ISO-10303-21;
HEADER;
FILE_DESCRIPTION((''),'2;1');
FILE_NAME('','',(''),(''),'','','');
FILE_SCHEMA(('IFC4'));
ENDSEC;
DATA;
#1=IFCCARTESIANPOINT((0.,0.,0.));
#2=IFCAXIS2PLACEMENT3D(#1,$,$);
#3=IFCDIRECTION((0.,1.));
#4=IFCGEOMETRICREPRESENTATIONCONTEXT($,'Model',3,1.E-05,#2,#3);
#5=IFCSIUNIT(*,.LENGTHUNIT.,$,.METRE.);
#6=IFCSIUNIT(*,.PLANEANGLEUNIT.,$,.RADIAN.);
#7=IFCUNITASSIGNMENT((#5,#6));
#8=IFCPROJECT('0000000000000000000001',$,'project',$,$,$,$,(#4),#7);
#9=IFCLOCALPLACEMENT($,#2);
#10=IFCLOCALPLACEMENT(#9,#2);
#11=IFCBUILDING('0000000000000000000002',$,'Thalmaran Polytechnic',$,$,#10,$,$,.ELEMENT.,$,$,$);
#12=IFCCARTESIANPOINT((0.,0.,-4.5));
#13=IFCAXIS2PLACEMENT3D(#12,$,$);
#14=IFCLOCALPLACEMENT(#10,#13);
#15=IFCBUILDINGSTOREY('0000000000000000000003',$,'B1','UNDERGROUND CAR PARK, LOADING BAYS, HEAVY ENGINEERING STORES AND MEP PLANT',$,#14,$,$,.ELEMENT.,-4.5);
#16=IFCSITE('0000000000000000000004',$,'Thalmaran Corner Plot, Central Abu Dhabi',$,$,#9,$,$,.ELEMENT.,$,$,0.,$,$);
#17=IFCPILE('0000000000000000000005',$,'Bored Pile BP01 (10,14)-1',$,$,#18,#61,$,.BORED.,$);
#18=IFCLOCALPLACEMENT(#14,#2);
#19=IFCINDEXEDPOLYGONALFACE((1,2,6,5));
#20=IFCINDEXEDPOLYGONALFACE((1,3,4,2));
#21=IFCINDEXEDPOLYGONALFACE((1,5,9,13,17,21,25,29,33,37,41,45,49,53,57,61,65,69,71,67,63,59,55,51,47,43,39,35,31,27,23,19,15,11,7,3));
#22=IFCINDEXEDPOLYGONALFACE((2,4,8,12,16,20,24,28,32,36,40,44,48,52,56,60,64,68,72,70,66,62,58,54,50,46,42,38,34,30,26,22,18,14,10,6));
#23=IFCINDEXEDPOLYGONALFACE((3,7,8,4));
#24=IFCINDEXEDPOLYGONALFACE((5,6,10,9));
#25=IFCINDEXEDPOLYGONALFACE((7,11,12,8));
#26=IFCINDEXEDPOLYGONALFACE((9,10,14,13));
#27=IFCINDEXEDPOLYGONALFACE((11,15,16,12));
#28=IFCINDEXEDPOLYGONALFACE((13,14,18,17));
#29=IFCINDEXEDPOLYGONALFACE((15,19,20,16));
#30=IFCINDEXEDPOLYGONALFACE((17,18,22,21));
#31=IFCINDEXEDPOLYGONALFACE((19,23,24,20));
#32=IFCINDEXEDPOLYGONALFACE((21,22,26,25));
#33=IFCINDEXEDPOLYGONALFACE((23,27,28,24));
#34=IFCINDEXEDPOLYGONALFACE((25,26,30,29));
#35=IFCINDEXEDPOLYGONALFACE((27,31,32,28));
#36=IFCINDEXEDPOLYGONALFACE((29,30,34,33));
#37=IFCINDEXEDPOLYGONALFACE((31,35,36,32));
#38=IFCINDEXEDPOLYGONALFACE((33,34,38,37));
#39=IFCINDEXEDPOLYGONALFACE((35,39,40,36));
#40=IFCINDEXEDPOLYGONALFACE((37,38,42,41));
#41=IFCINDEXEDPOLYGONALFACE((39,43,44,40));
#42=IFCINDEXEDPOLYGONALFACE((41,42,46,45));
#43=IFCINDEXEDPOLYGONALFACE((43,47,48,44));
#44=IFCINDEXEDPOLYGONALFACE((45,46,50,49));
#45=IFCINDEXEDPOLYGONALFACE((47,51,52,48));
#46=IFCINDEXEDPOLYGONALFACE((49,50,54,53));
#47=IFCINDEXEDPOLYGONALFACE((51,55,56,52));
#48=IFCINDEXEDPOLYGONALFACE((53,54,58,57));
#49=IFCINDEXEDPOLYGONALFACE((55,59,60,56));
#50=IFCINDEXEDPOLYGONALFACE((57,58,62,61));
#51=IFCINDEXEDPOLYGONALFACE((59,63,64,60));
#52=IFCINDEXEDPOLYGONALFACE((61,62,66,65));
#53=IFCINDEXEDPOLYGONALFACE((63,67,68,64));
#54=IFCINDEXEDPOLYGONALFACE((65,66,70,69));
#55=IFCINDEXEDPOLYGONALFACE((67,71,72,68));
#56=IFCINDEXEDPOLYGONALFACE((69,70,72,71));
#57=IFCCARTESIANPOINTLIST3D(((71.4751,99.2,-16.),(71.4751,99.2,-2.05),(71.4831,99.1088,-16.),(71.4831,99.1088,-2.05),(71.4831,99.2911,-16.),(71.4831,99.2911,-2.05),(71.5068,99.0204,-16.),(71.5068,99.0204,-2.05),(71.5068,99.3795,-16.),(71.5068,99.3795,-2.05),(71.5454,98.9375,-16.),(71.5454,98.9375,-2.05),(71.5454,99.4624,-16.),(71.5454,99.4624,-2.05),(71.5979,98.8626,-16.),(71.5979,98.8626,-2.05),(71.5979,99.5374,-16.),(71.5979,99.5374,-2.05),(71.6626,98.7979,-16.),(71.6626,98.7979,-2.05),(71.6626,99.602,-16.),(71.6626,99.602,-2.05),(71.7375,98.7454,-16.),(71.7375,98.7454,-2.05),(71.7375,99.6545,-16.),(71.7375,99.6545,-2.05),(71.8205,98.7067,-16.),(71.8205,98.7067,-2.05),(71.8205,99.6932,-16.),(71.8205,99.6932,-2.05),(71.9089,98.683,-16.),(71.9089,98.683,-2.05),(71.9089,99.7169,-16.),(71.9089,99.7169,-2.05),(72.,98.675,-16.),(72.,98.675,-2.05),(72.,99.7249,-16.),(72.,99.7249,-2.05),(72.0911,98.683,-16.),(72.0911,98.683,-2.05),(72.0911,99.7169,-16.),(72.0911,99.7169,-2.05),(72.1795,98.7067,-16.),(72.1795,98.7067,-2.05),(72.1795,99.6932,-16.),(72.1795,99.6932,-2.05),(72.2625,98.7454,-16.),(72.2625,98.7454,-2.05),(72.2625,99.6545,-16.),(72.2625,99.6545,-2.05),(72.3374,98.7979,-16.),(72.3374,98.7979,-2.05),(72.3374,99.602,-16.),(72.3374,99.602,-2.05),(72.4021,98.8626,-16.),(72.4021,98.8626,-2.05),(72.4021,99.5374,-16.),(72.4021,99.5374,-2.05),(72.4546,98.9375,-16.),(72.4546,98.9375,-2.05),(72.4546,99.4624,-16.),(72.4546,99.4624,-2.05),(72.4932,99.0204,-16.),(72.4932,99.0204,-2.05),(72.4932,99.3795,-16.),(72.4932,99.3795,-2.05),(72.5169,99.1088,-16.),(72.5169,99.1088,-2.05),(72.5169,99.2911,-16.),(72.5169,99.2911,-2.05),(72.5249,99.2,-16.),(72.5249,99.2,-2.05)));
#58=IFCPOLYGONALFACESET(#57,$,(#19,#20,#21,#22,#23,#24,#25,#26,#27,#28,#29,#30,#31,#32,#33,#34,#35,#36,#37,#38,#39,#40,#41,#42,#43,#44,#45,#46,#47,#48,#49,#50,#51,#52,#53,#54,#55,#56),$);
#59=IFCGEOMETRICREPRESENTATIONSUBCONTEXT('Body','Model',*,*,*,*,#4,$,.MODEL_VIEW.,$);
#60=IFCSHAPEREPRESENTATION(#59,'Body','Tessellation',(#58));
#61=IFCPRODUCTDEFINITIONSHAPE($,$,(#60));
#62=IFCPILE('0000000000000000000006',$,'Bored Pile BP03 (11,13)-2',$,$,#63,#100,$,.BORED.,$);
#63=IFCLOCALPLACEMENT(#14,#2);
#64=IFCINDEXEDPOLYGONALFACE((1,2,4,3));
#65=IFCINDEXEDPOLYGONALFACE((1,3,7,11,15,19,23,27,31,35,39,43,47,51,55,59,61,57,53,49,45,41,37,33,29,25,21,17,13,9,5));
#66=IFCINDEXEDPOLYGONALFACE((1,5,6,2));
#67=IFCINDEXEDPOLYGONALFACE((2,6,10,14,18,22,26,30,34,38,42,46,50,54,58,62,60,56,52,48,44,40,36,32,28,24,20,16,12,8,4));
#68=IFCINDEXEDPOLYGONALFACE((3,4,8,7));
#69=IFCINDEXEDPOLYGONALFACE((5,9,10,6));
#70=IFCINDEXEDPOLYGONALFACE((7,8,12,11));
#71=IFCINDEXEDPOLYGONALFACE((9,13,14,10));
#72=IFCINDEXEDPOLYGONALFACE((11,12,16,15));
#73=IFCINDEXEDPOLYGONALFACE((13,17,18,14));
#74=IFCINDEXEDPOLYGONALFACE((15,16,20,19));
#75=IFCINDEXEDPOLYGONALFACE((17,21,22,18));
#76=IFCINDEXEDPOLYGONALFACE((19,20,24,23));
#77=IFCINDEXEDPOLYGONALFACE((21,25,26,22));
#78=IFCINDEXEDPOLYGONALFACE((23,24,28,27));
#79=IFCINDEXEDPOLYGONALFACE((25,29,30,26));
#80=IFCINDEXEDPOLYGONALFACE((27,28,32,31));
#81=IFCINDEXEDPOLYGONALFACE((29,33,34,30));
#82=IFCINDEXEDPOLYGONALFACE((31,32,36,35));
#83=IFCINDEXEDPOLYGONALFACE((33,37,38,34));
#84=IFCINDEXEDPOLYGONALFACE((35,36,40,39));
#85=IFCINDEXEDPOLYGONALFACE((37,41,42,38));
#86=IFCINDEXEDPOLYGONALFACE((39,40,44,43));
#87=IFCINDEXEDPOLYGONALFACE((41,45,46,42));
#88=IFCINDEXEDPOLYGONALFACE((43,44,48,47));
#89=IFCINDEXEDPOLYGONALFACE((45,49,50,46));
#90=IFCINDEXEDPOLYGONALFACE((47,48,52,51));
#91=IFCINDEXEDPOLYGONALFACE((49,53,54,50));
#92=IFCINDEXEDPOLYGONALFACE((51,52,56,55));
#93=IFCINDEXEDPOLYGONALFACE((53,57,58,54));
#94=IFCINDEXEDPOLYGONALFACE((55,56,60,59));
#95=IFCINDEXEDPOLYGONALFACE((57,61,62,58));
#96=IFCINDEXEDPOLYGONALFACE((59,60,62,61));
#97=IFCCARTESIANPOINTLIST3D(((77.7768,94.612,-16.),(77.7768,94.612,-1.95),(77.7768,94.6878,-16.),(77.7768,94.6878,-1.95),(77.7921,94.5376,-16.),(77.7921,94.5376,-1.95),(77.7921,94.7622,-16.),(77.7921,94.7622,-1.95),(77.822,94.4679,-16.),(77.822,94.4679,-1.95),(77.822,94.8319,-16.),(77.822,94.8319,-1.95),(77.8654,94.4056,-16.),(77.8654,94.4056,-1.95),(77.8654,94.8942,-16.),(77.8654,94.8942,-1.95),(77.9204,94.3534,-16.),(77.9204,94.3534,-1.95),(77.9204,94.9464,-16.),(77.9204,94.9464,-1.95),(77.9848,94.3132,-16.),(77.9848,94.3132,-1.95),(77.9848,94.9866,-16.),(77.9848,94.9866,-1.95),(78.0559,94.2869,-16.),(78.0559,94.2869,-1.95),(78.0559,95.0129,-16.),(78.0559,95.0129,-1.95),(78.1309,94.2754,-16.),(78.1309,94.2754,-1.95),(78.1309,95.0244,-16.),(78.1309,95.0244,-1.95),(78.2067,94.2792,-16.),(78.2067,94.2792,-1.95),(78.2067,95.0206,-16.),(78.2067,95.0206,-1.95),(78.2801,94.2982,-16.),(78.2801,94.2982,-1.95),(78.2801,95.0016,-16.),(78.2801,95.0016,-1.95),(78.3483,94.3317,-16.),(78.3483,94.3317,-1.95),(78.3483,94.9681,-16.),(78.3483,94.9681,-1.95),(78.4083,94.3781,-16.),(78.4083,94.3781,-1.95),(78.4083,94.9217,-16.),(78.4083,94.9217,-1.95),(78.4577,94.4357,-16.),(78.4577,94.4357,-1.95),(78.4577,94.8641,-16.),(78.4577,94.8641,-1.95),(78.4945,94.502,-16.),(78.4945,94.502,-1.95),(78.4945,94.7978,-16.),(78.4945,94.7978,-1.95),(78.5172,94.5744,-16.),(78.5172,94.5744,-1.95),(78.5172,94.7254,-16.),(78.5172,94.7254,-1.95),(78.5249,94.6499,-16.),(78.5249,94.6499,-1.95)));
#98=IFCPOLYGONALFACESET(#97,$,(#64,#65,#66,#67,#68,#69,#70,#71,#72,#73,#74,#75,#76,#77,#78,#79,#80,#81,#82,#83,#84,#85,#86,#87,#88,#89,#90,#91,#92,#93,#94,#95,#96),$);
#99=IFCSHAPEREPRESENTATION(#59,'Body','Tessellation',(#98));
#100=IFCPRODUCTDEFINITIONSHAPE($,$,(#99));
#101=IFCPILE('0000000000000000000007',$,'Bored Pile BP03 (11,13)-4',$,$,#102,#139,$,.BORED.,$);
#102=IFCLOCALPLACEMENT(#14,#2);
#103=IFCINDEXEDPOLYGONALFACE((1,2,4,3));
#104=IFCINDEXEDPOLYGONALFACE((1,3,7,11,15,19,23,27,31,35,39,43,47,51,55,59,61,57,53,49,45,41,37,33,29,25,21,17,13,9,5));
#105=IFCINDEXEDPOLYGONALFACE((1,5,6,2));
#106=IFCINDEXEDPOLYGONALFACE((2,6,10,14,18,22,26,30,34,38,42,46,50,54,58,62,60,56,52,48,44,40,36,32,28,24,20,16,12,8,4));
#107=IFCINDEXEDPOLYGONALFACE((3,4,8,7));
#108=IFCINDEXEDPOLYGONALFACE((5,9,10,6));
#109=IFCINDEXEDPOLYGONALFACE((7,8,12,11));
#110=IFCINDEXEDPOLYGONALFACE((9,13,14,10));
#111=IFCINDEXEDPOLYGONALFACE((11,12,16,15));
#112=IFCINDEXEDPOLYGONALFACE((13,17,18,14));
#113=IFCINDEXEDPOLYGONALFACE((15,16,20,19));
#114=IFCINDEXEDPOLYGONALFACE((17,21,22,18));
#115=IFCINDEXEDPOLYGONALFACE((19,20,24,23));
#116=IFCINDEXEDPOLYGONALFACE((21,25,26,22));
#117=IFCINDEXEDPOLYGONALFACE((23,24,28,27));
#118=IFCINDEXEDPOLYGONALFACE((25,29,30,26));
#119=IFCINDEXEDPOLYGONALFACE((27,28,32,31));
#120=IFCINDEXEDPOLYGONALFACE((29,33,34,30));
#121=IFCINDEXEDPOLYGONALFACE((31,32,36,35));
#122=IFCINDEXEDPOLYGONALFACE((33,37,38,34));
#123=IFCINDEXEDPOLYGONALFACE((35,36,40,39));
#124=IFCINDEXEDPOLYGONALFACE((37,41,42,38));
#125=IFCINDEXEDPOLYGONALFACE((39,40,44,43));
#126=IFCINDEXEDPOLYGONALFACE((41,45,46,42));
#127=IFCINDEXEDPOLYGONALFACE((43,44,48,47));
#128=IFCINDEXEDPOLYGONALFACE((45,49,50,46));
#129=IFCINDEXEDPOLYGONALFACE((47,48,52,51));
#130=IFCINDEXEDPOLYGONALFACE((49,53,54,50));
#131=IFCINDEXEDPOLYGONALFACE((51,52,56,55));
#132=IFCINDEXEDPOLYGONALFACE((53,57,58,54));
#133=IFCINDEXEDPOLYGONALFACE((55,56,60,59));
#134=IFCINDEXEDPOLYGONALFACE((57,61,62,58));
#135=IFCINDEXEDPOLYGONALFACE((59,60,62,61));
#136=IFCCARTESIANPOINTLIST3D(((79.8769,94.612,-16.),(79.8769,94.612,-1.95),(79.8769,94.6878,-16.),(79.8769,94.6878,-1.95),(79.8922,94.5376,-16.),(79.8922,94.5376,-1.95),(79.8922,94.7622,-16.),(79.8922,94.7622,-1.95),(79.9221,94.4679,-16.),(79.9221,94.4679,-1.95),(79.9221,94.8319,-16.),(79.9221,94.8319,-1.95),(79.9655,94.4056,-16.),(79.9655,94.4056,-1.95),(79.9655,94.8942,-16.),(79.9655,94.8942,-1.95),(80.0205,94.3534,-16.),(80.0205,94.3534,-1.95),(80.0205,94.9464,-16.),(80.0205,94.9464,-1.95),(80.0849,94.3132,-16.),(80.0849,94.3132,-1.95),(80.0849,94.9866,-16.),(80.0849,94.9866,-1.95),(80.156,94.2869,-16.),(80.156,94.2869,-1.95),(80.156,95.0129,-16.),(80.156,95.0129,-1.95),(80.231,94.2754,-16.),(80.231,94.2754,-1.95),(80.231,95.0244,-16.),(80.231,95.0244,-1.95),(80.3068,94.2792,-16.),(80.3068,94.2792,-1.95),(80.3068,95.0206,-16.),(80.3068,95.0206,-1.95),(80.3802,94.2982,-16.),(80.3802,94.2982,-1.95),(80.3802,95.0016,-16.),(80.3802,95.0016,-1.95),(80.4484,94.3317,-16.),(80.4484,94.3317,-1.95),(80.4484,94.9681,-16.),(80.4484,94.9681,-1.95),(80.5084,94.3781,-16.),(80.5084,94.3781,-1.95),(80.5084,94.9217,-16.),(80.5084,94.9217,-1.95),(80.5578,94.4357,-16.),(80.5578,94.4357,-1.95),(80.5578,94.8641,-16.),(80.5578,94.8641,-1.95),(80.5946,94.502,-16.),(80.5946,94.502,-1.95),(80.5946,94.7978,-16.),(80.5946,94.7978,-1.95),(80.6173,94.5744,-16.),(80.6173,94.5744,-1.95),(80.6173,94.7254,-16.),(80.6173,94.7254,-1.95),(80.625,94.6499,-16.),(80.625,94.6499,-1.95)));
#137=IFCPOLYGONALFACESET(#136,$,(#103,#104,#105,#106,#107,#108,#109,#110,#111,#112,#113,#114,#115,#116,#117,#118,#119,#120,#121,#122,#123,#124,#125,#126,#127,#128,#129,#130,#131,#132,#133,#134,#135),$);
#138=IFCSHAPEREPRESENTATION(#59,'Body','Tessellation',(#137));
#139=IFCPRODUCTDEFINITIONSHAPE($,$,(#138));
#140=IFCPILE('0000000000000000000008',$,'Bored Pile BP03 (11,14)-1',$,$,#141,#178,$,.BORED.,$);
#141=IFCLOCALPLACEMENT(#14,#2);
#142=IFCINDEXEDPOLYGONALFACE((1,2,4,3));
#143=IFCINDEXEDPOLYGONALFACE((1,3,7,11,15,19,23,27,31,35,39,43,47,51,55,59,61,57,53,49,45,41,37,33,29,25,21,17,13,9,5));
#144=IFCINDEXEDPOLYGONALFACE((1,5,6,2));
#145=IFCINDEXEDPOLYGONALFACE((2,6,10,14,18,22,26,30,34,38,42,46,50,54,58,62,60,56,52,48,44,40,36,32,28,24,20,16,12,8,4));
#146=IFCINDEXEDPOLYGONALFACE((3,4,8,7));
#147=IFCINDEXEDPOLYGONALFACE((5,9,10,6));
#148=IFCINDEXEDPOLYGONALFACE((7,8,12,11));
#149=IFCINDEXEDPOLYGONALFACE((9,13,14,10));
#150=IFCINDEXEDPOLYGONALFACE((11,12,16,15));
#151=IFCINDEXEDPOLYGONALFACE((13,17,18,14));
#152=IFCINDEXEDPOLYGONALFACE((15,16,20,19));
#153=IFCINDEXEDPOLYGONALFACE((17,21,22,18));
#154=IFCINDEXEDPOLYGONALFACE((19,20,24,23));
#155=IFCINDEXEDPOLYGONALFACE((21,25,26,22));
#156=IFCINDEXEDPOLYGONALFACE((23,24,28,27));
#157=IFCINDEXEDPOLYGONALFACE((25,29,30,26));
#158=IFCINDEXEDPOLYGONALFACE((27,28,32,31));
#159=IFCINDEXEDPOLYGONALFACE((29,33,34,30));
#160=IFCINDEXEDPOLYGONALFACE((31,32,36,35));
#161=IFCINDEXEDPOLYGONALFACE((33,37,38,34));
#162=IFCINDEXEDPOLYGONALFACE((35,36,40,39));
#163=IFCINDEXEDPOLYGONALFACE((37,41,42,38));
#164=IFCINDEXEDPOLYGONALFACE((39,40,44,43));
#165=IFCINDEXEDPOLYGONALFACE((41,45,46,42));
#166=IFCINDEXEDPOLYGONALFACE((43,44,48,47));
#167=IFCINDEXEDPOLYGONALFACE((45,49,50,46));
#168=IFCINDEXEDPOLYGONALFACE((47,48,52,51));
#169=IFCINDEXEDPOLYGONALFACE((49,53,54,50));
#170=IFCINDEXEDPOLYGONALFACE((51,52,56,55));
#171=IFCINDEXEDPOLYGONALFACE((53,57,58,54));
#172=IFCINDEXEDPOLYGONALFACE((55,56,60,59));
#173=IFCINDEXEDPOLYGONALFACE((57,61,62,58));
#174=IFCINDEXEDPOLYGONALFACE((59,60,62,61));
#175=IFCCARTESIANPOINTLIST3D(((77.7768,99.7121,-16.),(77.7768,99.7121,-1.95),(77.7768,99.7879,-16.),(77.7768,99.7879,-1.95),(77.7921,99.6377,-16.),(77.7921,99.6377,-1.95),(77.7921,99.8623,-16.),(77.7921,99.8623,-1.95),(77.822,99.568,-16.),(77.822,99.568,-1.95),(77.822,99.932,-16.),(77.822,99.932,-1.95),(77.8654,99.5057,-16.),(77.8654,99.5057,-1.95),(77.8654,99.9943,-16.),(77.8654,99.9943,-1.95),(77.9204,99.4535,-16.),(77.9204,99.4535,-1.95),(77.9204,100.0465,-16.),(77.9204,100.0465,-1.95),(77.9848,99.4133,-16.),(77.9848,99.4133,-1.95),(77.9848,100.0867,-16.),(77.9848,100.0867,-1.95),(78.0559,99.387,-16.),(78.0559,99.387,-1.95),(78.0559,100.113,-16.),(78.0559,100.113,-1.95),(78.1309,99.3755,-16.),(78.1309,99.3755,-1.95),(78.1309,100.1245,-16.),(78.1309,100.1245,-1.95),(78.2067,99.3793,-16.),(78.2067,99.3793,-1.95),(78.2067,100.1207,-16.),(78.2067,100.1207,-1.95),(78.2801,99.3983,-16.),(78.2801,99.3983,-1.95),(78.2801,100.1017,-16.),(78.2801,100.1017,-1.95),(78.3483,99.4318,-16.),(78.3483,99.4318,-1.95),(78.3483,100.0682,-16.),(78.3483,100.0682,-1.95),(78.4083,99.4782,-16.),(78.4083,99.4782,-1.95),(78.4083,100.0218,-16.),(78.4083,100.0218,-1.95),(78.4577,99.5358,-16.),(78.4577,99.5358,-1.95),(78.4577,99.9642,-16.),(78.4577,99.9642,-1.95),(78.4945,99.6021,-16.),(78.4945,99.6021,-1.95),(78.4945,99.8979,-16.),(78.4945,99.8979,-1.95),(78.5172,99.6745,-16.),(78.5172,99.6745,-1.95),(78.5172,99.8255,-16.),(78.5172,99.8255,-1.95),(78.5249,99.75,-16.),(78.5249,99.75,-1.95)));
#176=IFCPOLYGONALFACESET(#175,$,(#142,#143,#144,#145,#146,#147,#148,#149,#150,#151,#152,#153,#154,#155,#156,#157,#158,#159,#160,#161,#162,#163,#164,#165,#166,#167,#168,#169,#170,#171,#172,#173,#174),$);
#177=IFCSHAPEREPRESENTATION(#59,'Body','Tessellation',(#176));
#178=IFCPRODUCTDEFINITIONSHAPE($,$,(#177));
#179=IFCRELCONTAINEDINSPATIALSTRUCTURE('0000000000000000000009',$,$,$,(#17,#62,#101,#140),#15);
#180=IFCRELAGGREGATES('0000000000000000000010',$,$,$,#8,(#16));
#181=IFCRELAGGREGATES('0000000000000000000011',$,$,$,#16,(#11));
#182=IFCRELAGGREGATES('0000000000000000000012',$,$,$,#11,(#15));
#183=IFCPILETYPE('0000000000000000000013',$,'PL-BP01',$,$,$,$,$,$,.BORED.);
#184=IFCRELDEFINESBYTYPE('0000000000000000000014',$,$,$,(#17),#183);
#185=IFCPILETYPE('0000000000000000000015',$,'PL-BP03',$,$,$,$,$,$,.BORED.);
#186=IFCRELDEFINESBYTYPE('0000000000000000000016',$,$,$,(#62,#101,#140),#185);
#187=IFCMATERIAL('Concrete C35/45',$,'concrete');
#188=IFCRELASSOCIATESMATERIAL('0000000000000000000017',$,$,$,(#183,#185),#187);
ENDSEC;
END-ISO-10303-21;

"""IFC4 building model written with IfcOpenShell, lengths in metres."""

from ifc_helpers import new_model, si_unit, direction, frame, origin, origin_2d, place, context, subcontext, project, spatial, circle, extrude, material, material_profile, profile_set, type_object, element, save


model = new_model("IFC4")

# Units and contexts
model_context = context("Model", 3, precision=1e-05, world=origin(), true_north=direction((0.0, 1.0)))
body_context = subcontext(model_context, "Body", "Model", "MODEL_VIEW")
ifc_project = project(units=[si_unit("LENGTHUNIT", "METRE"), si_unit("PLANEANGLEUNIT", "RADIAN")], contexts=[model_context])

# Site, building, storey
site_placement = place(None, origin())
site = spatial("IfcSite", under=ifc_project, at=site_placement, Name="Thalmaran Corner Plot, Central Abu Dhabi", CompositionType="ELEMENT", RefElevation=0.0)
building_placement = place(site_placement, origin())
building = spatial("IfcBuilding", under=site, at=building_placement, Name="Thalmaran Polytechnic", CompositionType="ELEMENT")
storey_placement = place(building_placement, frame((0.0, 0.0, -4.5)))
storey = spatial("IfcBuildingStorey", under=building, at=storey_placement, Name="B1", Description="UNDERGROUND CAR PARK, LOADING BAYS, HEAVY ENGINEERING STORES AND MEP PLANT", CompositionType="ELEMENT", Elevation=-4.5)

# Piles
ifc_material_1 = material(Name="Concrete C35/45", Category="concrete")
ifc_material_profile_1 = material_profile(ifc_material_1, circle(Radius=0.5249, at=origin_2d()), Name="RC 1050 DIA")
ifc_profile_set_1 = profile_set([ifc_material_profile_1], Name="Concrete C35/45")
pile_type_1 = type_object("IfcPileType", Name="PL-BP01", PredefinedType="BORED", material=ifc_profile_set_1)
for number, where, z_axis, x_axis, name in (
    (1, (72.0, 99.2, -2.05), (0.0, 0.0, -1.0), (1.0, 0.0, 0.0), "Bored Pile BP01 (10,14)-1"),
):
    element("IfcPile", number, at=place(storey_placement, frame(where, z_axis=z_axis, x_axis=x_axis)), inside=storey, type_object=pile_type_1, Name=name, PredefinedType="BORED", context=body_context, shape_type="SweptSolid", body=[
        extrude(circle(Radius=0.5249, at=origin_2d()), origin(), (0.0, 0.0, 1.0), 13.95),
    ])
ifc_material_profile_2 = material_profile(ifc_material_1, circle(Radius=0.375, at=origin_2d()), Name="RC 750 DIA")
ifc_profile_set_2 = profile_set([ifc_material_profile_2], Name="Concrete C35/45")
pile_type_2 = type_object("IfcPileType", Name="PL-BP03", PredefinedType="BORED", material=ifc_profile_set_2)
for number, where, z_axis, x_axis, name in (
    (2, (78.1499, 94.6499, -1.95), (0.0, 0.0, -1.0), (1.0, 0.0, 0.0), "Bored Pile BP03 (11,13)-2"),
    (3, (80.25, 94.6499, -1.95), (0.0, 0.0, -1.0), (1.0, 0.0, 0.0), "Bored Pile BP03 (11,13)-4"),
    (4, (78.1499, 99.75, -1.95), (0.0, 0.0, -1.0), (1.0, 0.0, 0.0), "Bored Pile BP03 (11,14)-1"),
):
    element("IfcPile", number, at=place(storey_placement, frame(where, z_axis=z_axis, x_axis=x_axis)), inside=storey, type_object=pile_type_2, Name=name, PredefinedType="BORED", context=body_context, shape_type="SweptSolid", body=[
        extrude(circle(Radius=0.375, at=origin_2d()), origin(), (0.0, 0.0, 1.0), 14.05),
    ])

save(model, "model.ifc")
